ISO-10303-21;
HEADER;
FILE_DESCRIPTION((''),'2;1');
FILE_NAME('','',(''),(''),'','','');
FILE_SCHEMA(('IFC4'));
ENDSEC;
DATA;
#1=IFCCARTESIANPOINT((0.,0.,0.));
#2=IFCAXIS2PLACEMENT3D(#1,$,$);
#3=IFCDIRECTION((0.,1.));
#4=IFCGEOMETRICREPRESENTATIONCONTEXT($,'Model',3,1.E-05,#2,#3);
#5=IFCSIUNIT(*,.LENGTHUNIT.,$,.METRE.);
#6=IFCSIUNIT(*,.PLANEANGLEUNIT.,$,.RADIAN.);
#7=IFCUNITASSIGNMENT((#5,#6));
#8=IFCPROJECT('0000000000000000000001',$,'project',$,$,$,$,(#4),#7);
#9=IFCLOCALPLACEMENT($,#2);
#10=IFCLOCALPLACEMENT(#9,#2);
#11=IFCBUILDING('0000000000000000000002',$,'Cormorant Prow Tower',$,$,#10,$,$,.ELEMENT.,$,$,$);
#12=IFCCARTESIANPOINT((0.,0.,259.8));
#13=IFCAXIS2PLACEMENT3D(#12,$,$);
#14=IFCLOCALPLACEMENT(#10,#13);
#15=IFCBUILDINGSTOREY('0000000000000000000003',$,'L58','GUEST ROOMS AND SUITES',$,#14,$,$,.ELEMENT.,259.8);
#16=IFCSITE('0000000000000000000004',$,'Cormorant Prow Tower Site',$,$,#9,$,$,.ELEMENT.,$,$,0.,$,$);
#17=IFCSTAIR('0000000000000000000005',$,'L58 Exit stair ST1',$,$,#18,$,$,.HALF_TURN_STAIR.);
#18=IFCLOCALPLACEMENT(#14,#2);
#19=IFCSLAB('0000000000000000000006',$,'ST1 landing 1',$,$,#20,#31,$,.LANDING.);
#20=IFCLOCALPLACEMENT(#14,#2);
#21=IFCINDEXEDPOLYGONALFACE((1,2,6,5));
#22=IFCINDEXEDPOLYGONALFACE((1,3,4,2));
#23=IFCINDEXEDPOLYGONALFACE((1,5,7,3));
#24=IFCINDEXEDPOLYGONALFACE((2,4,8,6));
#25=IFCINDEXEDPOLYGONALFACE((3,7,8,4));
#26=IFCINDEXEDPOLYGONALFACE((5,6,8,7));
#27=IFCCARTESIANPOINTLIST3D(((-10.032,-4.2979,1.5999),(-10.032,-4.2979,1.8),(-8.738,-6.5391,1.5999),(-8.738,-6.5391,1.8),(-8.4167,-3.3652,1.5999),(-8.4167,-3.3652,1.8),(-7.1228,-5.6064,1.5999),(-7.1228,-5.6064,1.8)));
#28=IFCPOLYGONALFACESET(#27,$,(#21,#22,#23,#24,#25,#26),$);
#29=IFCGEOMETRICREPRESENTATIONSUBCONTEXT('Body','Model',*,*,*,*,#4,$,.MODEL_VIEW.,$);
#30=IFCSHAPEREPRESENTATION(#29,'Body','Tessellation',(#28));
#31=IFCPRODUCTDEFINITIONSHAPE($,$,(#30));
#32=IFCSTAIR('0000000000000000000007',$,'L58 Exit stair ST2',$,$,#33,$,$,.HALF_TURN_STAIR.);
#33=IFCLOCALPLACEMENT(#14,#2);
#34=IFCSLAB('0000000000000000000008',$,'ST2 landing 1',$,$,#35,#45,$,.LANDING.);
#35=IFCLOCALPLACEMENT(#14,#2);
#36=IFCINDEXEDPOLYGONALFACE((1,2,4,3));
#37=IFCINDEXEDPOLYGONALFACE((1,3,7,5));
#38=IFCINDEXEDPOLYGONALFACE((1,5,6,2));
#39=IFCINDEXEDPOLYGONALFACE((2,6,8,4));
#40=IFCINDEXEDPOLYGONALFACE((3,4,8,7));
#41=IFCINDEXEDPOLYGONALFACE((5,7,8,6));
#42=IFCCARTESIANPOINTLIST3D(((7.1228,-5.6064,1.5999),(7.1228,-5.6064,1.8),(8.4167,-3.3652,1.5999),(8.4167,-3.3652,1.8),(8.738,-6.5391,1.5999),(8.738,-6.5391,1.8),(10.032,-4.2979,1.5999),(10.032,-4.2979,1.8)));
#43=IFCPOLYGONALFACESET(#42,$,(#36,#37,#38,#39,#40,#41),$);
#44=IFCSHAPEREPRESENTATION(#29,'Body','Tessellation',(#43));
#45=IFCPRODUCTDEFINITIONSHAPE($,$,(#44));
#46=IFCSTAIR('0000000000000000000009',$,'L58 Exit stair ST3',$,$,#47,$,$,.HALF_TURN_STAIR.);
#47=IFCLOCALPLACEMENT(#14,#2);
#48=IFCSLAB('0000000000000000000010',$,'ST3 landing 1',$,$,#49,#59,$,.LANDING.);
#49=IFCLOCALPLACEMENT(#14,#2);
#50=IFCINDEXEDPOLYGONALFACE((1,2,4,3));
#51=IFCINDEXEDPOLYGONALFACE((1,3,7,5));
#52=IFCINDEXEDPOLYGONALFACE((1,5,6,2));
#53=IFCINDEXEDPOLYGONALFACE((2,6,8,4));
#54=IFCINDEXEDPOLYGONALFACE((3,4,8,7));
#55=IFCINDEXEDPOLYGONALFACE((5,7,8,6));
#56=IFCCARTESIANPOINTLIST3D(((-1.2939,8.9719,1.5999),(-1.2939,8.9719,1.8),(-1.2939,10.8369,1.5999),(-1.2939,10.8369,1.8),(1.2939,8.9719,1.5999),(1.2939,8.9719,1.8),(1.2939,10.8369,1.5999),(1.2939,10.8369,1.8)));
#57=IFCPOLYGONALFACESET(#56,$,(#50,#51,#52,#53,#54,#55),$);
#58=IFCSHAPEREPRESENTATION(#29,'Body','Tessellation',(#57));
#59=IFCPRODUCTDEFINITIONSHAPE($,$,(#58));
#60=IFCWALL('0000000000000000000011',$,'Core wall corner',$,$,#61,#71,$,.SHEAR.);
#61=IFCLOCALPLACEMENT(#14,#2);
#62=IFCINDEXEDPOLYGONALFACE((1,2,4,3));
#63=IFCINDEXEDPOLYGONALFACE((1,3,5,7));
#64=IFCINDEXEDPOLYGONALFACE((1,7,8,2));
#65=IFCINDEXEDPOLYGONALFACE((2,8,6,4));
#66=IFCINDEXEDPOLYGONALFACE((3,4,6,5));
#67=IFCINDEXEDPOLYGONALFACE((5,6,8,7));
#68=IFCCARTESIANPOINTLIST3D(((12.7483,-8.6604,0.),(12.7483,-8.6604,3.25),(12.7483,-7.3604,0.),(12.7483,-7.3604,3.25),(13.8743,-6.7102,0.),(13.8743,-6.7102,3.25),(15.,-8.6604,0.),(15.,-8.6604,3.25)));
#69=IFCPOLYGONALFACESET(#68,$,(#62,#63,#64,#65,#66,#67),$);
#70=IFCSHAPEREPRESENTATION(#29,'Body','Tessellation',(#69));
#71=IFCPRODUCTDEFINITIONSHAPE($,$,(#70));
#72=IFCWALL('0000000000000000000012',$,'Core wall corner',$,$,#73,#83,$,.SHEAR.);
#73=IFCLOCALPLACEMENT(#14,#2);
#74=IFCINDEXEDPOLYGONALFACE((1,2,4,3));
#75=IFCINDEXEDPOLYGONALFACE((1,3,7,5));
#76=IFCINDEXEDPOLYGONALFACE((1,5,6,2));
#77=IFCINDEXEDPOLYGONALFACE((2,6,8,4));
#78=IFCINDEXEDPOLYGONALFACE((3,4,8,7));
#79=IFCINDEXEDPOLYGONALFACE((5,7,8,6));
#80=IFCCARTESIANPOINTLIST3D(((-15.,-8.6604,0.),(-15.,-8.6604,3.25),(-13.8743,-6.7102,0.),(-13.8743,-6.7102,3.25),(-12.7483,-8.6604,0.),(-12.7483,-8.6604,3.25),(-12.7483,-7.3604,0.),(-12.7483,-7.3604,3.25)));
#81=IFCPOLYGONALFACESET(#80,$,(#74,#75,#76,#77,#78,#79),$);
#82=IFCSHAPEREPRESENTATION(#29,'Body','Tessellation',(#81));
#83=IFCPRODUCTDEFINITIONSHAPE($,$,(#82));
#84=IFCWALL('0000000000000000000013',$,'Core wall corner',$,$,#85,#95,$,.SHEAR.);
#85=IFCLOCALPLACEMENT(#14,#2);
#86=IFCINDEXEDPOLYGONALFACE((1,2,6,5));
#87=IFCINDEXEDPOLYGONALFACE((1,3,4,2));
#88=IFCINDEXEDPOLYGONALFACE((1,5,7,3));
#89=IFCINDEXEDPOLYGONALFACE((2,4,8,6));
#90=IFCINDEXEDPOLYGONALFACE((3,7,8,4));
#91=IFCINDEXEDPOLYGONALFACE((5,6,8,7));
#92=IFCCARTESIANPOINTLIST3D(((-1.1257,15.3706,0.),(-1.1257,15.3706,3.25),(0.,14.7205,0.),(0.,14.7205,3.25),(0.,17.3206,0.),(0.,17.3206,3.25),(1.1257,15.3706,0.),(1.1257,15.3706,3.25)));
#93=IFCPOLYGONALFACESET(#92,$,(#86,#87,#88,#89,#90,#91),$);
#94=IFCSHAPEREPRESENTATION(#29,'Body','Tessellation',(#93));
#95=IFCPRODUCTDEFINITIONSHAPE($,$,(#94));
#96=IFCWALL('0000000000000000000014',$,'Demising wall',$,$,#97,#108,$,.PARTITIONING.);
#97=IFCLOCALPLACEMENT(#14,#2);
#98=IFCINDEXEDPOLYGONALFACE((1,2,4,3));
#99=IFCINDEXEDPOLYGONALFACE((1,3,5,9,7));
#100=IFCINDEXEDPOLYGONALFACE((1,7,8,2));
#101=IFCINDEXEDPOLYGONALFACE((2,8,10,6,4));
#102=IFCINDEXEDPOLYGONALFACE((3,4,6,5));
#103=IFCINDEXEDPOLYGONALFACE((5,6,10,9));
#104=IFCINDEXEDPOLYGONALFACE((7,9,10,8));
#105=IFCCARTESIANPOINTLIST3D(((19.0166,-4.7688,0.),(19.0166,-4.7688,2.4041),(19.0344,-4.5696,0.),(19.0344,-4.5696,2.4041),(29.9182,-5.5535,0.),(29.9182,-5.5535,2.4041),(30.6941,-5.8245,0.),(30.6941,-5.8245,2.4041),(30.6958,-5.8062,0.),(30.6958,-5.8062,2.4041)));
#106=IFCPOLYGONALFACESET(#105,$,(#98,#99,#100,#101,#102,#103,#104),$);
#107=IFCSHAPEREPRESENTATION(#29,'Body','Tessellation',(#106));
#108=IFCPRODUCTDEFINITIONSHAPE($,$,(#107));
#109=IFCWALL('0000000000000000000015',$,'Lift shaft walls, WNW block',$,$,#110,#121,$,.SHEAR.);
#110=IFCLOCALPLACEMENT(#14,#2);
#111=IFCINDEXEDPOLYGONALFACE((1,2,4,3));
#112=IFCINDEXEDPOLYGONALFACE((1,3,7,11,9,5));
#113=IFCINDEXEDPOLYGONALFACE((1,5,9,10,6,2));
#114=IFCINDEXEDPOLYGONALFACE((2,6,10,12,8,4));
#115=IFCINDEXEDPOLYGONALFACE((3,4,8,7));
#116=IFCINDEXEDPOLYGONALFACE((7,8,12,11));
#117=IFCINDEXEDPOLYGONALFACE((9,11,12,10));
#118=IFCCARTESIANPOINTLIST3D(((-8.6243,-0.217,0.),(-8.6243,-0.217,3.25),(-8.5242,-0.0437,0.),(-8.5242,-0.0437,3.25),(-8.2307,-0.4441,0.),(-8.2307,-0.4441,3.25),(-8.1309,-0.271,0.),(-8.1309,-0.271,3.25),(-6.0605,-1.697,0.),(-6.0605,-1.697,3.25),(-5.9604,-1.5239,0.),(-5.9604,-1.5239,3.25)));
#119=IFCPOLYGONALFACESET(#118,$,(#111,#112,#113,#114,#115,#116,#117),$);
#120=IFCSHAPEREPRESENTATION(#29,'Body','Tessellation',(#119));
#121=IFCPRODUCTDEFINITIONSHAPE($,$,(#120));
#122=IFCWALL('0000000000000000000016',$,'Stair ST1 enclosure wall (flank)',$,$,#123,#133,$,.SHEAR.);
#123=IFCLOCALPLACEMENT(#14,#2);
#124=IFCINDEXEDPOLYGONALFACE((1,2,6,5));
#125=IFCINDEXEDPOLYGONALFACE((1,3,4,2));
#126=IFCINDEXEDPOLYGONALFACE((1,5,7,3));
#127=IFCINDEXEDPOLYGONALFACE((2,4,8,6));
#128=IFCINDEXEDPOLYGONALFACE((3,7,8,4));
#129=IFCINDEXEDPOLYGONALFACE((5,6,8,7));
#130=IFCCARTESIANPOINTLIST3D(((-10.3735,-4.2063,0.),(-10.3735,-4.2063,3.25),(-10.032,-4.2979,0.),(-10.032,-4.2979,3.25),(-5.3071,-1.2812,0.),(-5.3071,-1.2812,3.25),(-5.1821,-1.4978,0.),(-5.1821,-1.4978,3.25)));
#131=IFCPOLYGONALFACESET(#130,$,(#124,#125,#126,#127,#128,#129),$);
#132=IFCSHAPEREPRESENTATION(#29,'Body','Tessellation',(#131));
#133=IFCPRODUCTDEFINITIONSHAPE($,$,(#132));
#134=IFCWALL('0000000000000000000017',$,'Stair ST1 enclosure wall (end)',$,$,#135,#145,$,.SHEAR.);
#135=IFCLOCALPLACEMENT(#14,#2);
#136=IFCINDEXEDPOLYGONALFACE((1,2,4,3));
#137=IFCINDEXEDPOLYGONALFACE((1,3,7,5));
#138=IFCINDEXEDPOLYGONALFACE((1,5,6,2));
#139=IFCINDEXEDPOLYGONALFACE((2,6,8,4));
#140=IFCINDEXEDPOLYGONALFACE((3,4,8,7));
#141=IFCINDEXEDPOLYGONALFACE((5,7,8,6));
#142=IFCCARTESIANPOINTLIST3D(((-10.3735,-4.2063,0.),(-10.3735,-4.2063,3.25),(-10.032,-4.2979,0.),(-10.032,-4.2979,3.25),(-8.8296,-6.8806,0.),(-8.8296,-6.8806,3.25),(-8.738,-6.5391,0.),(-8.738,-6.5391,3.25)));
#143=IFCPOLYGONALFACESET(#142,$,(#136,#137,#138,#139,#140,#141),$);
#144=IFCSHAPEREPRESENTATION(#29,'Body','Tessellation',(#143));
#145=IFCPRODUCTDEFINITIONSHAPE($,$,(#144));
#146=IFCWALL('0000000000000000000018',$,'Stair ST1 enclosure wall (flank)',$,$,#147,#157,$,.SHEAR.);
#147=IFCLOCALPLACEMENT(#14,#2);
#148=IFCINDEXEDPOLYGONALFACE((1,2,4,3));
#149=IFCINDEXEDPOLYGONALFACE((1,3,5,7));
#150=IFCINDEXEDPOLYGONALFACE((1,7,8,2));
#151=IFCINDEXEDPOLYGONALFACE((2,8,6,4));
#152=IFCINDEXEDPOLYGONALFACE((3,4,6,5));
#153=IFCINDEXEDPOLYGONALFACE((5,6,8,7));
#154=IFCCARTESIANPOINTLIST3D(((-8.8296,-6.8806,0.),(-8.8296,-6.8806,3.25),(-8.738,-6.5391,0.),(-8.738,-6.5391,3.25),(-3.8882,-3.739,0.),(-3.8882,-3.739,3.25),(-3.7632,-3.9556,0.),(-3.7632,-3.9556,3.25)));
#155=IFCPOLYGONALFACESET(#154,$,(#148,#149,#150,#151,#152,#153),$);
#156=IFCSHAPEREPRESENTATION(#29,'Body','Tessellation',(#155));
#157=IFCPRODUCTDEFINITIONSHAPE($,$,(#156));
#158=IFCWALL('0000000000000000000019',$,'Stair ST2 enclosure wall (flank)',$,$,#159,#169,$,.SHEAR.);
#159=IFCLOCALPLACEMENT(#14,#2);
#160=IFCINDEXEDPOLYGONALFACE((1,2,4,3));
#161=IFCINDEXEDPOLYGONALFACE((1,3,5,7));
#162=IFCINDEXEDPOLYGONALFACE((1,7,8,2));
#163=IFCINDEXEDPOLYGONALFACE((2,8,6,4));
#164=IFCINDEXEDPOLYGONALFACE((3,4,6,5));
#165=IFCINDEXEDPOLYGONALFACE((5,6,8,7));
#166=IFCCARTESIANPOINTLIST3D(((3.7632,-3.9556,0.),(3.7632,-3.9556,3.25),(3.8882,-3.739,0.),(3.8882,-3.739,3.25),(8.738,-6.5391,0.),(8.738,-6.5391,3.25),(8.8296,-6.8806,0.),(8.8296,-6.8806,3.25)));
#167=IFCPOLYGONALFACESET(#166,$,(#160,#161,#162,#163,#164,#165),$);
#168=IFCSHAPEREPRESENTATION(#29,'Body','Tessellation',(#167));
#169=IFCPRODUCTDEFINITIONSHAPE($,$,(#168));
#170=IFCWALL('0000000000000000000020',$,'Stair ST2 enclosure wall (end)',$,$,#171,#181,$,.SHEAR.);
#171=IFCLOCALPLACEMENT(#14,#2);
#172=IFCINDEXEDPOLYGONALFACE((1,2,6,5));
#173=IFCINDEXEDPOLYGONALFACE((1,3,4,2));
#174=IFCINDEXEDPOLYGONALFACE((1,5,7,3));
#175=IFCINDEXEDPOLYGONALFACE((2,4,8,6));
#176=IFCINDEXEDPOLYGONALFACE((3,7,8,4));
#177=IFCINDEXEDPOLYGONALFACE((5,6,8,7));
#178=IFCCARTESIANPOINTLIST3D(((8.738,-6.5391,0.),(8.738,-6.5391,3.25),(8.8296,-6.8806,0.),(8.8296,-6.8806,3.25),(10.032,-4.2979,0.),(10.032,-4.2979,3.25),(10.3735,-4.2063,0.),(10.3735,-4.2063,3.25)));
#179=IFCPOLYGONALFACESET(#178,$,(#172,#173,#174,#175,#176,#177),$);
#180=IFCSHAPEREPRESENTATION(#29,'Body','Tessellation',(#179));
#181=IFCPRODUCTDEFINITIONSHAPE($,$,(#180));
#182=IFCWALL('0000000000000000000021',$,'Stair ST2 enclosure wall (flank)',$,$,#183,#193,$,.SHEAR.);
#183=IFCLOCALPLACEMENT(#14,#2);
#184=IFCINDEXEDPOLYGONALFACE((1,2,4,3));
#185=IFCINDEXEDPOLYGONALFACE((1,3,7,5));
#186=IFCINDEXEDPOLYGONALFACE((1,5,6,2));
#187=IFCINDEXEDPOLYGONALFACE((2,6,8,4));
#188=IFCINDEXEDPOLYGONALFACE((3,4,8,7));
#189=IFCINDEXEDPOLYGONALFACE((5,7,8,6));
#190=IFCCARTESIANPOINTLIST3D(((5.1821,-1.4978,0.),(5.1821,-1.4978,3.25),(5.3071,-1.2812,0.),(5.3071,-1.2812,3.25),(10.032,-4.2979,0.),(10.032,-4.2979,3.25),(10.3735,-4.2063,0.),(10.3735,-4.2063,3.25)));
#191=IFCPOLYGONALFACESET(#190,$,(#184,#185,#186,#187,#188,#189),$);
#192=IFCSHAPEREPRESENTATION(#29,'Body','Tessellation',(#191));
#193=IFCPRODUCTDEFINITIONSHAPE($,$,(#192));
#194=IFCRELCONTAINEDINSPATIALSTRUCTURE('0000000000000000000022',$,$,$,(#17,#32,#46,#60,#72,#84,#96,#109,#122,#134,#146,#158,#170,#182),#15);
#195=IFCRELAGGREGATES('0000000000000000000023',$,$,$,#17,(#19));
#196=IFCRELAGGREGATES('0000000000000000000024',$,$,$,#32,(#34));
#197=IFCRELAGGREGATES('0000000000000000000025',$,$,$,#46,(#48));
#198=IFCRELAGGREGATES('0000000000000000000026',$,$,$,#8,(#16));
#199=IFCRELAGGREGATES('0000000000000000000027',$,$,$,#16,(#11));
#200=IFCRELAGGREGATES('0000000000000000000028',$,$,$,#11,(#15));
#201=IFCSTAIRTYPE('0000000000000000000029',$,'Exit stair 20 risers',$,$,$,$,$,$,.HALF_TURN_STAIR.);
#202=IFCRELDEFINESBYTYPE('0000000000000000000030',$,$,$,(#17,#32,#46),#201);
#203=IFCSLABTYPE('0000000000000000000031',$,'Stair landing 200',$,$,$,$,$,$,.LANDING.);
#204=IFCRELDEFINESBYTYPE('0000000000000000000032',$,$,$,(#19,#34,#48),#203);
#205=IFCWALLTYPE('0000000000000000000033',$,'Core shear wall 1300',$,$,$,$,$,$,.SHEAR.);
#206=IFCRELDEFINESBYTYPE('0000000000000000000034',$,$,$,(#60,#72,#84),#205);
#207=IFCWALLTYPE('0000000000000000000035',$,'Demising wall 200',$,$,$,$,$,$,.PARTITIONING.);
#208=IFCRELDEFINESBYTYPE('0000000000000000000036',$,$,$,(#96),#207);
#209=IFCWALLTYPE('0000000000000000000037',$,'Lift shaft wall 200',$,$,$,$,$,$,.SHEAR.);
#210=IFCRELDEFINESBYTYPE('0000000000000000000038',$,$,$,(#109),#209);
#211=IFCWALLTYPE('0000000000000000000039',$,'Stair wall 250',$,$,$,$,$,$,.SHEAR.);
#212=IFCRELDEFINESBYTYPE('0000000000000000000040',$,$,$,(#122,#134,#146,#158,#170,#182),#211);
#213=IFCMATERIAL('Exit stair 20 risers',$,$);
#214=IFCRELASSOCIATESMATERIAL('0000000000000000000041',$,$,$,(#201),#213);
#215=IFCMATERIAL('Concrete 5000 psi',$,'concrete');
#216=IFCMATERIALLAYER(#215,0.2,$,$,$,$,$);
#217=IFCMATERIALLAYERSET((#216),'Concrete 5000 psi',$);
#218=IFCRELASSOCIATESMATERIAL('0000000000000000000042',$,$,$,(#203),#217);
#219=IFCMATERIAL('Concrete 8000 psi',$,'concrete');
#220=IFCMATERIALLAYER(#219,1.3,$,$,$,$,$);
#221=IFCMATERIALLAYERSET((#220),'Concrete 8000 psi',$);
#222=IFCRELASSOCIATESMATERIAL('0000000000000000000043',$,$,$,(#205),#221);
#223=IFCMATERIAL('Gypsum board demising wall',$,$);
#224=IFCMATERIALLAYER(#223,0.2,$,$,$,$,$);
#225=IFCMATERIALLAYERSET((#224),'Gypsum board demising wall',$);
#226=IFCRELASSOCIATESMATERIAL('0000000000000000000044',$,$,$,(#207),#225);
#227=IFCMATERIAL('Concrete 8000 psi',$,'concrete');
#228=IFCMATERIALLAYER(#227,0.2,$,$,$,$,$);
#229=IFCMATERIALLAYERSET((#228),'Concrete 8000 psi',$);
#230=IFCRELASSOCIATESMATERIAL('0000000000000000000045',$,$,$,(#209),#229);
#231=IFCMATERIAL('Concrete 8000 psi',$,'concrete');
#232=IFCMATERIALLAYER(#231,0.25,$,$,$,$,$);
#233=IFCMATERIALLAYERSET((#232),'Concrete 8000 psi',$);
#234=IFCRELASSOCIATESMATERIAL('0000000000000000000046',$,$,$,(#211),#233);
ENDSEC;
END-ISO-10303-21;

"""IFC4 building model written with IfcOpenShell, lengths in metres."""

from ifc_helpers import new_model, si_unit, direction, frame, origin, place, context, subcontext, project, spatial, polyline, outline, extrude, material, layer, layer_set, type_object, element, aggregate, save


model = new_model("IFC4")

# Units and contexts
model_context = context("Model", 3, precision=1e-05, world=origin(), true_north=direction((0.0, 1.0)))
body_context = subcontext(model_context, "Body", "Model", "MODEL_VIEW")
ifc_project = project(units=[si_unit("LENGTHUNIT", "METRE"), si_unit("PLANEANGLEUNIT", "RADIAN")], contexts=[model_context])

# Site, building, storey
site_placement = place(None, origin())
site = spatial("IfcSite", under=ifc_project, at=site_placement, Name="Cormorant Prow Tower Site", CompositionType="ELEMENT", RefElevation=0.0)
building_placement = place(site_placement, origin())
building = spatial("IfcBuilding", under=site, at=building_placement, Name="Cormorant Prow Tower", CompositionType="ELEMENT")
storey_placement = place(building_placement, frame((0.0, 0.0, 259.8)))
storey = spatial("IfcBuildingStorey", under=building, at=storey_placement, Name="L58", Description="GUEST ROOMS AND SUITES", CompositionType="ELEMENT", Elevation=259.8)

# Stairs, slabs
ifc_material_1 = material(Name="Exit stair 20 risers")
stair_type = type_object("IfcStairType", Name="Exit stair 20 risers", PredefinedType="HALF_TURN_STAIR", material=ifc_material_1)
stair_1_placement = place(storey_placement, origin())
stair_1 = element("IfcStair", 1, at=stair_1_placement, inside=storey, type_object=stair_type, Name="L58 Exit stair ST1", PredefinedType="HALF_TURN_STAIR")
ifc_material_2 = material(Name="Concrete 5000 psi", Category="concrete")
ifc_layer_1 = layer(ifc_material_2, 0.2)
ifc_layer_set_1 = layer_set([ifc_layer_1], Name="Concrete 5000 psi")
slab_type = type_object("IfcSlabType", Name="Stair landing 200", PredefinedType="LANDING", material=ifc_layer_set_1)
slab_1_placement = place(storey_placement, frame((0.0, 0.0, 1.5999)))
slab_1 = element("IfcSlab", 2, at=slab_1_placement, type_object=slab_type, Name="ST1 landing 1", PredefinedType="LANDING", context=body_context, shape_type="SweptSolid", body=[
    extrude(outline(polyline([(-8.4167, -3.3652), (-10.032, -4.2979), (-8.738, -6.5391), (-7.1228, -5.6064), (-8.4167, -3.3652)])), origin(), (0.0, 0.0, 1.0), 0.2002),
])
aggregate(stair_1, [slab_1])
stair_2_placement = place(storey_placement, origin())
stair_2 = element("IfcStair", 3, at=stair_2_placement, inside=storey, type_object=stair_type, Name="L58 Exit stair ST2", PredefinedType="HALF_TURN_STAIR")
slab_2_placement = place(storey_placement, frame((0.0, 0.0, 1.5999)))
slab_2 = element("IfcSlab", 4, at=slab_2_placement, type_object=slab_type, Name="ST2 landing 1", PredefinedType="LANDING", context=body_context, shape_type="SweptSolid", body=[
    extrude(outline(polyline([(7.1228, -5.6064), (8.738, -6.5391), (10.032, -4.2979), (8.4167, -3.3652), (7.1228, -5.6064)])), origin(), (0.0, 0.0, 1.0), 0.2002),
])
aggregate(stair_2, [slab_2])
stair_3_placement = place(storey_placement, origin())
stair_3 = element("IfcStair", 5, at=stair_3_placement, inside=storey, type_object=stair_type, Name="L58 Exit stair ST3", PredefinedType="HALF_TURN_STAIR")
slab_3_placement = place(storey_placement, frame((0.0, 0.0, 1.5999)))
slab_3 = element("IfcSlab", 6, at=slab_3_placement, type_object=slab_type, Name="ST3 landing 1", PredefinedType="LANDING", context=body_context, shape_type="SweptSolid", body=[
    extrude(outline(polyline([(1.2939, 8.9719), (1.2939, 10.8369), (-1.2939, 10.8369), (-1.2939, 8.9719), (1.2939, 8.9719)])), origin(), (0.0, 0.0, 1.0), 0.2002),
])

# Walls
ifc_material_3 = material(Name="Concrete 8000 psi", Category="concrete")
ifc_layer_2 = layer(ifc_material_3, 1.3)
ifc_layer_set_2 = layer_set([ifc_layer_2], Name="Concrete 8000 psi")
wall_type_1 = type_object("IfcWallType", Name="Core shear wall 1300", PredefinedType="SHEAR", material=ifc_layer_set_2)
wall_1_placement = place(storey_placement, origin())
element("IfcWall", 7, at=wall_1_placement, inside=storey, type_object=wall_type_1, Name="Core wall corner", PredefinedType="SHEAR", context=body_context, shape_type="SweptSolid", body=[
    extrude(outline(polyline([(12.7483, -8.6604), (12.7483, -7.3604), (13.8743, -6.7102), (15.0, -8.6604), (12.7483, -8.6604)])), origin(), (0.0, 0.0, 1.0), 3.25),
])
wall_2_placement = place(storey_placement, origin())
element("IfcWall", 8, at=wall_2_placement, inside=storey, type_object=wall_type_1, Name="Core wall corner", PredefinedType="SHEAR", context=body_context, shape_type="SweptSolid", body=[
    extrude(outline(polyline([(-13.8743, -6.7102), (-12.7483, -7.3604), (-12.7483, -8.6604), (-15.0, -8.6604), (-13.8743, -6.7102)])), origin(), (0.0, 0.0, 1.0), 3.25),
])
wall_3_placement = place(storey_placement, origin())
element("IfcWall", 9, at=wall_3_placement, inside=storey, type_object=wall_type_1, Name="Core wall corner", PredefinedType="SHEAR", context=body_context, shape_type="SweptSolid", body=[
    extrude(outline(polyline([(-1.1257, 15.3706), (0.0, 17.3206), (1.1257, 15.3706), (0.0, 14.7205), (-1.1257, 15.3706)])), origin(), (0.0, 0.0, 1.0), 3.25),
])
ifc_material_4 = material(Name="Gypsum board demising wall")
ifc_layer_3 = layer(ifc_material_4, 0.2)
ifc_layer_set_3 = layer_set([ifc_layer_3], Name="Gypsum board demising wall")
wall_type_2 = type_object("IfcWallType", Name="Demising wall 200", PredefinedType="PARTITIONING", material=ifc_layer_set_3)
wall_4_placement = place(storey_placement, origin())
element("IfcWall", 10, at=wall_4_placement, inside=storey, type_object=wall_type_2, Name="Demising wall", PredefinedType="PARTITIONING", context=body_context, shape_type="SweptSolid", body=[
    extrude(outline(polyline([(30.6941, -5.8245), (19.0166, -4.7688), (19.0344, -4.5696), (29.9182, -5.5535), (30.6958, -5.8062), (30.6941, -5.8245)])), origin(), (0.0, 0.0, 1.0), 2.4041),
])
ifc_material_5 = material(Name="Concrete 8000 psi", Category="concrete")
ifc_layer_4 = layer(ifc_material_5, 0.2)
ifc_layer_set_4 = layer_set([ifc_layer_4], Name="Concrete 8000 psi")
wall_type_3 = type_object("IfcWallType", Name="Lift shaft wall 200", PredefinedType="SHEAR", material=ifc_layer_set_4)
wall_5_placement = place(storey_placement, origin())
element("IfcWall", 11, at=wall_5_placement, inside=storey, type_object=wall_type_3, Name="Lift shaft walls, WNW block", PredefinedType="SHEAR", context=body_context, shape_type="SweptSolid", body=[
    extrude(outline(polyline([(-8.5242, -0.0437), (-8.1309, -0.271), (-5.9604, -1.5239), (-6.0605, -1.697), (-8.2307, -0.4441), (-8.6243, -0.217), (-8.5242, -0.0437)])), origin(), (0.0, 0.0, 1.0), 3.25),
])
ifc_material_6 = material(Name="Concrete 8000 psi", Category="concrete")
ifc_layer_5 = layer(ifc_material_6, 0.25)
ifc_layer_set_5 = layer_set([ifc_layer_5], Name="Concrete 8000 psi")
wall_type_4 = type_object("IfcWallType", Name="Stair wall 250", PredefinedType="SHEAR", material=ifc_layer_set_5)
wall_6_placement = place(storey_placement, origin())
element("IfcWall", 12, at=wall_6_placement, inside=storey, type_object=wall_type_4, Name="Stair ST1 enclosure wall (flank)", PredefinedType="SHEAR", context=body_context, shape_type="SweptSolid", body=[
    extrude(outline(polyline([(-5.3071, -1.2812), (-10.3735, -4.2063), (-10.032, -4.2979), (-5.1821, -1.4978), (-5.3071, -1.2812)])), origin(), (0.0, 0.0, 1.0), 3.25),
])
wall_7_placement = place(storey_placement, origin())
element("IfcWall", 13, at=wall_7_placement, inside=storey, type_object=wall_type_4, Name="Stair ST1 enclosure wall (end)", PredefinedType="SHEAR", context=body_context, shape_type="SweptSolid", body=[
    extrude(outline(polyline([(-10.3735, -4.2063), (-8.8296, -6.8806), (-8.738, -6.5391), (-10.032, -4.2979), (-10.3735, -4.2063)])), origin(), (0.0, 0.0, 1.0), 3.25),
])
wall_8_placement = place(storey_placement, origin())
element("IfcWall", 14, at=wall_8_placement, inside=storey, type_object=wall_type_4, Name="Stair ST1 enclosure wall (flank)", PredefinedType="SHEAR", context=body_context, shape_type="SweptSolid", body=[
    extrude(outline(polyline([(-8.738, -6.5391), (-8.8296, -6.8806), (-3.7632, -3.9556), (-3.8882, -3.739), (-8.738, -6.5391)])), origin(), (0.0, 0.0, 1.0), 3.25),
])
wall_9_placement = place(storey_placement, origin())
element("IfcWall", 15, at=wall_9_placement, inside=storey, type_object=wall_type_4, Name="Stair ST2 enclosure wall (flank)", PredefinedType="SHEAR", context=body_context, shape_type="SweptSolid", body=[
    extrude(outline(polyline([(3.7632, -3.9556), (8.8296, -6.8806), (8.738, -6.5391), (3.8882, -3.739), (3.7632, -3.9556)])), origin(), (0.0, 0.0, 1.0), 3.25),
])
wall_10_placement = place(storey_placement, origin())
element("IfcWall", 16, at=wall_10_placement, inside=storey, type_object=wall_type_4, Name="Stair ST2 enclosure wall (end)", PredefinedType="SHEAR", context=body_context, shape_type="SweptSolid", body=[
    extrude(outline(polyline([(8.8296, -6.8806), (10.3735, -4.2063), (10.032, -4.2979), (8.738, -6.5391), (8.8296, -6.8806)])), origin(), (0.0, 0.0, 1.0), 3.25),
])
wall_11_placement = place(storey_placement, origin())
element("IfcWall", 17, at=wall_11_placement, inside=storey, type_object=wall_type_4, Name="Stair ST2 enclosure wall (flank)", PredefinedType="SHEAR", context=body_context, shape_type="SweptSolid", body=[
    extrude(outline(polyline([(10.032, -4.2979), (10.3735, -4.2063), (5.3071, -1.2812), (5.1821, -1.4978), (10.032, -4.2979)])), origin(), (0.0, 0.0, 1.0), 3.25),
])

aggregate(stair_3, [slab_3])

save(model, "model.ifc")
